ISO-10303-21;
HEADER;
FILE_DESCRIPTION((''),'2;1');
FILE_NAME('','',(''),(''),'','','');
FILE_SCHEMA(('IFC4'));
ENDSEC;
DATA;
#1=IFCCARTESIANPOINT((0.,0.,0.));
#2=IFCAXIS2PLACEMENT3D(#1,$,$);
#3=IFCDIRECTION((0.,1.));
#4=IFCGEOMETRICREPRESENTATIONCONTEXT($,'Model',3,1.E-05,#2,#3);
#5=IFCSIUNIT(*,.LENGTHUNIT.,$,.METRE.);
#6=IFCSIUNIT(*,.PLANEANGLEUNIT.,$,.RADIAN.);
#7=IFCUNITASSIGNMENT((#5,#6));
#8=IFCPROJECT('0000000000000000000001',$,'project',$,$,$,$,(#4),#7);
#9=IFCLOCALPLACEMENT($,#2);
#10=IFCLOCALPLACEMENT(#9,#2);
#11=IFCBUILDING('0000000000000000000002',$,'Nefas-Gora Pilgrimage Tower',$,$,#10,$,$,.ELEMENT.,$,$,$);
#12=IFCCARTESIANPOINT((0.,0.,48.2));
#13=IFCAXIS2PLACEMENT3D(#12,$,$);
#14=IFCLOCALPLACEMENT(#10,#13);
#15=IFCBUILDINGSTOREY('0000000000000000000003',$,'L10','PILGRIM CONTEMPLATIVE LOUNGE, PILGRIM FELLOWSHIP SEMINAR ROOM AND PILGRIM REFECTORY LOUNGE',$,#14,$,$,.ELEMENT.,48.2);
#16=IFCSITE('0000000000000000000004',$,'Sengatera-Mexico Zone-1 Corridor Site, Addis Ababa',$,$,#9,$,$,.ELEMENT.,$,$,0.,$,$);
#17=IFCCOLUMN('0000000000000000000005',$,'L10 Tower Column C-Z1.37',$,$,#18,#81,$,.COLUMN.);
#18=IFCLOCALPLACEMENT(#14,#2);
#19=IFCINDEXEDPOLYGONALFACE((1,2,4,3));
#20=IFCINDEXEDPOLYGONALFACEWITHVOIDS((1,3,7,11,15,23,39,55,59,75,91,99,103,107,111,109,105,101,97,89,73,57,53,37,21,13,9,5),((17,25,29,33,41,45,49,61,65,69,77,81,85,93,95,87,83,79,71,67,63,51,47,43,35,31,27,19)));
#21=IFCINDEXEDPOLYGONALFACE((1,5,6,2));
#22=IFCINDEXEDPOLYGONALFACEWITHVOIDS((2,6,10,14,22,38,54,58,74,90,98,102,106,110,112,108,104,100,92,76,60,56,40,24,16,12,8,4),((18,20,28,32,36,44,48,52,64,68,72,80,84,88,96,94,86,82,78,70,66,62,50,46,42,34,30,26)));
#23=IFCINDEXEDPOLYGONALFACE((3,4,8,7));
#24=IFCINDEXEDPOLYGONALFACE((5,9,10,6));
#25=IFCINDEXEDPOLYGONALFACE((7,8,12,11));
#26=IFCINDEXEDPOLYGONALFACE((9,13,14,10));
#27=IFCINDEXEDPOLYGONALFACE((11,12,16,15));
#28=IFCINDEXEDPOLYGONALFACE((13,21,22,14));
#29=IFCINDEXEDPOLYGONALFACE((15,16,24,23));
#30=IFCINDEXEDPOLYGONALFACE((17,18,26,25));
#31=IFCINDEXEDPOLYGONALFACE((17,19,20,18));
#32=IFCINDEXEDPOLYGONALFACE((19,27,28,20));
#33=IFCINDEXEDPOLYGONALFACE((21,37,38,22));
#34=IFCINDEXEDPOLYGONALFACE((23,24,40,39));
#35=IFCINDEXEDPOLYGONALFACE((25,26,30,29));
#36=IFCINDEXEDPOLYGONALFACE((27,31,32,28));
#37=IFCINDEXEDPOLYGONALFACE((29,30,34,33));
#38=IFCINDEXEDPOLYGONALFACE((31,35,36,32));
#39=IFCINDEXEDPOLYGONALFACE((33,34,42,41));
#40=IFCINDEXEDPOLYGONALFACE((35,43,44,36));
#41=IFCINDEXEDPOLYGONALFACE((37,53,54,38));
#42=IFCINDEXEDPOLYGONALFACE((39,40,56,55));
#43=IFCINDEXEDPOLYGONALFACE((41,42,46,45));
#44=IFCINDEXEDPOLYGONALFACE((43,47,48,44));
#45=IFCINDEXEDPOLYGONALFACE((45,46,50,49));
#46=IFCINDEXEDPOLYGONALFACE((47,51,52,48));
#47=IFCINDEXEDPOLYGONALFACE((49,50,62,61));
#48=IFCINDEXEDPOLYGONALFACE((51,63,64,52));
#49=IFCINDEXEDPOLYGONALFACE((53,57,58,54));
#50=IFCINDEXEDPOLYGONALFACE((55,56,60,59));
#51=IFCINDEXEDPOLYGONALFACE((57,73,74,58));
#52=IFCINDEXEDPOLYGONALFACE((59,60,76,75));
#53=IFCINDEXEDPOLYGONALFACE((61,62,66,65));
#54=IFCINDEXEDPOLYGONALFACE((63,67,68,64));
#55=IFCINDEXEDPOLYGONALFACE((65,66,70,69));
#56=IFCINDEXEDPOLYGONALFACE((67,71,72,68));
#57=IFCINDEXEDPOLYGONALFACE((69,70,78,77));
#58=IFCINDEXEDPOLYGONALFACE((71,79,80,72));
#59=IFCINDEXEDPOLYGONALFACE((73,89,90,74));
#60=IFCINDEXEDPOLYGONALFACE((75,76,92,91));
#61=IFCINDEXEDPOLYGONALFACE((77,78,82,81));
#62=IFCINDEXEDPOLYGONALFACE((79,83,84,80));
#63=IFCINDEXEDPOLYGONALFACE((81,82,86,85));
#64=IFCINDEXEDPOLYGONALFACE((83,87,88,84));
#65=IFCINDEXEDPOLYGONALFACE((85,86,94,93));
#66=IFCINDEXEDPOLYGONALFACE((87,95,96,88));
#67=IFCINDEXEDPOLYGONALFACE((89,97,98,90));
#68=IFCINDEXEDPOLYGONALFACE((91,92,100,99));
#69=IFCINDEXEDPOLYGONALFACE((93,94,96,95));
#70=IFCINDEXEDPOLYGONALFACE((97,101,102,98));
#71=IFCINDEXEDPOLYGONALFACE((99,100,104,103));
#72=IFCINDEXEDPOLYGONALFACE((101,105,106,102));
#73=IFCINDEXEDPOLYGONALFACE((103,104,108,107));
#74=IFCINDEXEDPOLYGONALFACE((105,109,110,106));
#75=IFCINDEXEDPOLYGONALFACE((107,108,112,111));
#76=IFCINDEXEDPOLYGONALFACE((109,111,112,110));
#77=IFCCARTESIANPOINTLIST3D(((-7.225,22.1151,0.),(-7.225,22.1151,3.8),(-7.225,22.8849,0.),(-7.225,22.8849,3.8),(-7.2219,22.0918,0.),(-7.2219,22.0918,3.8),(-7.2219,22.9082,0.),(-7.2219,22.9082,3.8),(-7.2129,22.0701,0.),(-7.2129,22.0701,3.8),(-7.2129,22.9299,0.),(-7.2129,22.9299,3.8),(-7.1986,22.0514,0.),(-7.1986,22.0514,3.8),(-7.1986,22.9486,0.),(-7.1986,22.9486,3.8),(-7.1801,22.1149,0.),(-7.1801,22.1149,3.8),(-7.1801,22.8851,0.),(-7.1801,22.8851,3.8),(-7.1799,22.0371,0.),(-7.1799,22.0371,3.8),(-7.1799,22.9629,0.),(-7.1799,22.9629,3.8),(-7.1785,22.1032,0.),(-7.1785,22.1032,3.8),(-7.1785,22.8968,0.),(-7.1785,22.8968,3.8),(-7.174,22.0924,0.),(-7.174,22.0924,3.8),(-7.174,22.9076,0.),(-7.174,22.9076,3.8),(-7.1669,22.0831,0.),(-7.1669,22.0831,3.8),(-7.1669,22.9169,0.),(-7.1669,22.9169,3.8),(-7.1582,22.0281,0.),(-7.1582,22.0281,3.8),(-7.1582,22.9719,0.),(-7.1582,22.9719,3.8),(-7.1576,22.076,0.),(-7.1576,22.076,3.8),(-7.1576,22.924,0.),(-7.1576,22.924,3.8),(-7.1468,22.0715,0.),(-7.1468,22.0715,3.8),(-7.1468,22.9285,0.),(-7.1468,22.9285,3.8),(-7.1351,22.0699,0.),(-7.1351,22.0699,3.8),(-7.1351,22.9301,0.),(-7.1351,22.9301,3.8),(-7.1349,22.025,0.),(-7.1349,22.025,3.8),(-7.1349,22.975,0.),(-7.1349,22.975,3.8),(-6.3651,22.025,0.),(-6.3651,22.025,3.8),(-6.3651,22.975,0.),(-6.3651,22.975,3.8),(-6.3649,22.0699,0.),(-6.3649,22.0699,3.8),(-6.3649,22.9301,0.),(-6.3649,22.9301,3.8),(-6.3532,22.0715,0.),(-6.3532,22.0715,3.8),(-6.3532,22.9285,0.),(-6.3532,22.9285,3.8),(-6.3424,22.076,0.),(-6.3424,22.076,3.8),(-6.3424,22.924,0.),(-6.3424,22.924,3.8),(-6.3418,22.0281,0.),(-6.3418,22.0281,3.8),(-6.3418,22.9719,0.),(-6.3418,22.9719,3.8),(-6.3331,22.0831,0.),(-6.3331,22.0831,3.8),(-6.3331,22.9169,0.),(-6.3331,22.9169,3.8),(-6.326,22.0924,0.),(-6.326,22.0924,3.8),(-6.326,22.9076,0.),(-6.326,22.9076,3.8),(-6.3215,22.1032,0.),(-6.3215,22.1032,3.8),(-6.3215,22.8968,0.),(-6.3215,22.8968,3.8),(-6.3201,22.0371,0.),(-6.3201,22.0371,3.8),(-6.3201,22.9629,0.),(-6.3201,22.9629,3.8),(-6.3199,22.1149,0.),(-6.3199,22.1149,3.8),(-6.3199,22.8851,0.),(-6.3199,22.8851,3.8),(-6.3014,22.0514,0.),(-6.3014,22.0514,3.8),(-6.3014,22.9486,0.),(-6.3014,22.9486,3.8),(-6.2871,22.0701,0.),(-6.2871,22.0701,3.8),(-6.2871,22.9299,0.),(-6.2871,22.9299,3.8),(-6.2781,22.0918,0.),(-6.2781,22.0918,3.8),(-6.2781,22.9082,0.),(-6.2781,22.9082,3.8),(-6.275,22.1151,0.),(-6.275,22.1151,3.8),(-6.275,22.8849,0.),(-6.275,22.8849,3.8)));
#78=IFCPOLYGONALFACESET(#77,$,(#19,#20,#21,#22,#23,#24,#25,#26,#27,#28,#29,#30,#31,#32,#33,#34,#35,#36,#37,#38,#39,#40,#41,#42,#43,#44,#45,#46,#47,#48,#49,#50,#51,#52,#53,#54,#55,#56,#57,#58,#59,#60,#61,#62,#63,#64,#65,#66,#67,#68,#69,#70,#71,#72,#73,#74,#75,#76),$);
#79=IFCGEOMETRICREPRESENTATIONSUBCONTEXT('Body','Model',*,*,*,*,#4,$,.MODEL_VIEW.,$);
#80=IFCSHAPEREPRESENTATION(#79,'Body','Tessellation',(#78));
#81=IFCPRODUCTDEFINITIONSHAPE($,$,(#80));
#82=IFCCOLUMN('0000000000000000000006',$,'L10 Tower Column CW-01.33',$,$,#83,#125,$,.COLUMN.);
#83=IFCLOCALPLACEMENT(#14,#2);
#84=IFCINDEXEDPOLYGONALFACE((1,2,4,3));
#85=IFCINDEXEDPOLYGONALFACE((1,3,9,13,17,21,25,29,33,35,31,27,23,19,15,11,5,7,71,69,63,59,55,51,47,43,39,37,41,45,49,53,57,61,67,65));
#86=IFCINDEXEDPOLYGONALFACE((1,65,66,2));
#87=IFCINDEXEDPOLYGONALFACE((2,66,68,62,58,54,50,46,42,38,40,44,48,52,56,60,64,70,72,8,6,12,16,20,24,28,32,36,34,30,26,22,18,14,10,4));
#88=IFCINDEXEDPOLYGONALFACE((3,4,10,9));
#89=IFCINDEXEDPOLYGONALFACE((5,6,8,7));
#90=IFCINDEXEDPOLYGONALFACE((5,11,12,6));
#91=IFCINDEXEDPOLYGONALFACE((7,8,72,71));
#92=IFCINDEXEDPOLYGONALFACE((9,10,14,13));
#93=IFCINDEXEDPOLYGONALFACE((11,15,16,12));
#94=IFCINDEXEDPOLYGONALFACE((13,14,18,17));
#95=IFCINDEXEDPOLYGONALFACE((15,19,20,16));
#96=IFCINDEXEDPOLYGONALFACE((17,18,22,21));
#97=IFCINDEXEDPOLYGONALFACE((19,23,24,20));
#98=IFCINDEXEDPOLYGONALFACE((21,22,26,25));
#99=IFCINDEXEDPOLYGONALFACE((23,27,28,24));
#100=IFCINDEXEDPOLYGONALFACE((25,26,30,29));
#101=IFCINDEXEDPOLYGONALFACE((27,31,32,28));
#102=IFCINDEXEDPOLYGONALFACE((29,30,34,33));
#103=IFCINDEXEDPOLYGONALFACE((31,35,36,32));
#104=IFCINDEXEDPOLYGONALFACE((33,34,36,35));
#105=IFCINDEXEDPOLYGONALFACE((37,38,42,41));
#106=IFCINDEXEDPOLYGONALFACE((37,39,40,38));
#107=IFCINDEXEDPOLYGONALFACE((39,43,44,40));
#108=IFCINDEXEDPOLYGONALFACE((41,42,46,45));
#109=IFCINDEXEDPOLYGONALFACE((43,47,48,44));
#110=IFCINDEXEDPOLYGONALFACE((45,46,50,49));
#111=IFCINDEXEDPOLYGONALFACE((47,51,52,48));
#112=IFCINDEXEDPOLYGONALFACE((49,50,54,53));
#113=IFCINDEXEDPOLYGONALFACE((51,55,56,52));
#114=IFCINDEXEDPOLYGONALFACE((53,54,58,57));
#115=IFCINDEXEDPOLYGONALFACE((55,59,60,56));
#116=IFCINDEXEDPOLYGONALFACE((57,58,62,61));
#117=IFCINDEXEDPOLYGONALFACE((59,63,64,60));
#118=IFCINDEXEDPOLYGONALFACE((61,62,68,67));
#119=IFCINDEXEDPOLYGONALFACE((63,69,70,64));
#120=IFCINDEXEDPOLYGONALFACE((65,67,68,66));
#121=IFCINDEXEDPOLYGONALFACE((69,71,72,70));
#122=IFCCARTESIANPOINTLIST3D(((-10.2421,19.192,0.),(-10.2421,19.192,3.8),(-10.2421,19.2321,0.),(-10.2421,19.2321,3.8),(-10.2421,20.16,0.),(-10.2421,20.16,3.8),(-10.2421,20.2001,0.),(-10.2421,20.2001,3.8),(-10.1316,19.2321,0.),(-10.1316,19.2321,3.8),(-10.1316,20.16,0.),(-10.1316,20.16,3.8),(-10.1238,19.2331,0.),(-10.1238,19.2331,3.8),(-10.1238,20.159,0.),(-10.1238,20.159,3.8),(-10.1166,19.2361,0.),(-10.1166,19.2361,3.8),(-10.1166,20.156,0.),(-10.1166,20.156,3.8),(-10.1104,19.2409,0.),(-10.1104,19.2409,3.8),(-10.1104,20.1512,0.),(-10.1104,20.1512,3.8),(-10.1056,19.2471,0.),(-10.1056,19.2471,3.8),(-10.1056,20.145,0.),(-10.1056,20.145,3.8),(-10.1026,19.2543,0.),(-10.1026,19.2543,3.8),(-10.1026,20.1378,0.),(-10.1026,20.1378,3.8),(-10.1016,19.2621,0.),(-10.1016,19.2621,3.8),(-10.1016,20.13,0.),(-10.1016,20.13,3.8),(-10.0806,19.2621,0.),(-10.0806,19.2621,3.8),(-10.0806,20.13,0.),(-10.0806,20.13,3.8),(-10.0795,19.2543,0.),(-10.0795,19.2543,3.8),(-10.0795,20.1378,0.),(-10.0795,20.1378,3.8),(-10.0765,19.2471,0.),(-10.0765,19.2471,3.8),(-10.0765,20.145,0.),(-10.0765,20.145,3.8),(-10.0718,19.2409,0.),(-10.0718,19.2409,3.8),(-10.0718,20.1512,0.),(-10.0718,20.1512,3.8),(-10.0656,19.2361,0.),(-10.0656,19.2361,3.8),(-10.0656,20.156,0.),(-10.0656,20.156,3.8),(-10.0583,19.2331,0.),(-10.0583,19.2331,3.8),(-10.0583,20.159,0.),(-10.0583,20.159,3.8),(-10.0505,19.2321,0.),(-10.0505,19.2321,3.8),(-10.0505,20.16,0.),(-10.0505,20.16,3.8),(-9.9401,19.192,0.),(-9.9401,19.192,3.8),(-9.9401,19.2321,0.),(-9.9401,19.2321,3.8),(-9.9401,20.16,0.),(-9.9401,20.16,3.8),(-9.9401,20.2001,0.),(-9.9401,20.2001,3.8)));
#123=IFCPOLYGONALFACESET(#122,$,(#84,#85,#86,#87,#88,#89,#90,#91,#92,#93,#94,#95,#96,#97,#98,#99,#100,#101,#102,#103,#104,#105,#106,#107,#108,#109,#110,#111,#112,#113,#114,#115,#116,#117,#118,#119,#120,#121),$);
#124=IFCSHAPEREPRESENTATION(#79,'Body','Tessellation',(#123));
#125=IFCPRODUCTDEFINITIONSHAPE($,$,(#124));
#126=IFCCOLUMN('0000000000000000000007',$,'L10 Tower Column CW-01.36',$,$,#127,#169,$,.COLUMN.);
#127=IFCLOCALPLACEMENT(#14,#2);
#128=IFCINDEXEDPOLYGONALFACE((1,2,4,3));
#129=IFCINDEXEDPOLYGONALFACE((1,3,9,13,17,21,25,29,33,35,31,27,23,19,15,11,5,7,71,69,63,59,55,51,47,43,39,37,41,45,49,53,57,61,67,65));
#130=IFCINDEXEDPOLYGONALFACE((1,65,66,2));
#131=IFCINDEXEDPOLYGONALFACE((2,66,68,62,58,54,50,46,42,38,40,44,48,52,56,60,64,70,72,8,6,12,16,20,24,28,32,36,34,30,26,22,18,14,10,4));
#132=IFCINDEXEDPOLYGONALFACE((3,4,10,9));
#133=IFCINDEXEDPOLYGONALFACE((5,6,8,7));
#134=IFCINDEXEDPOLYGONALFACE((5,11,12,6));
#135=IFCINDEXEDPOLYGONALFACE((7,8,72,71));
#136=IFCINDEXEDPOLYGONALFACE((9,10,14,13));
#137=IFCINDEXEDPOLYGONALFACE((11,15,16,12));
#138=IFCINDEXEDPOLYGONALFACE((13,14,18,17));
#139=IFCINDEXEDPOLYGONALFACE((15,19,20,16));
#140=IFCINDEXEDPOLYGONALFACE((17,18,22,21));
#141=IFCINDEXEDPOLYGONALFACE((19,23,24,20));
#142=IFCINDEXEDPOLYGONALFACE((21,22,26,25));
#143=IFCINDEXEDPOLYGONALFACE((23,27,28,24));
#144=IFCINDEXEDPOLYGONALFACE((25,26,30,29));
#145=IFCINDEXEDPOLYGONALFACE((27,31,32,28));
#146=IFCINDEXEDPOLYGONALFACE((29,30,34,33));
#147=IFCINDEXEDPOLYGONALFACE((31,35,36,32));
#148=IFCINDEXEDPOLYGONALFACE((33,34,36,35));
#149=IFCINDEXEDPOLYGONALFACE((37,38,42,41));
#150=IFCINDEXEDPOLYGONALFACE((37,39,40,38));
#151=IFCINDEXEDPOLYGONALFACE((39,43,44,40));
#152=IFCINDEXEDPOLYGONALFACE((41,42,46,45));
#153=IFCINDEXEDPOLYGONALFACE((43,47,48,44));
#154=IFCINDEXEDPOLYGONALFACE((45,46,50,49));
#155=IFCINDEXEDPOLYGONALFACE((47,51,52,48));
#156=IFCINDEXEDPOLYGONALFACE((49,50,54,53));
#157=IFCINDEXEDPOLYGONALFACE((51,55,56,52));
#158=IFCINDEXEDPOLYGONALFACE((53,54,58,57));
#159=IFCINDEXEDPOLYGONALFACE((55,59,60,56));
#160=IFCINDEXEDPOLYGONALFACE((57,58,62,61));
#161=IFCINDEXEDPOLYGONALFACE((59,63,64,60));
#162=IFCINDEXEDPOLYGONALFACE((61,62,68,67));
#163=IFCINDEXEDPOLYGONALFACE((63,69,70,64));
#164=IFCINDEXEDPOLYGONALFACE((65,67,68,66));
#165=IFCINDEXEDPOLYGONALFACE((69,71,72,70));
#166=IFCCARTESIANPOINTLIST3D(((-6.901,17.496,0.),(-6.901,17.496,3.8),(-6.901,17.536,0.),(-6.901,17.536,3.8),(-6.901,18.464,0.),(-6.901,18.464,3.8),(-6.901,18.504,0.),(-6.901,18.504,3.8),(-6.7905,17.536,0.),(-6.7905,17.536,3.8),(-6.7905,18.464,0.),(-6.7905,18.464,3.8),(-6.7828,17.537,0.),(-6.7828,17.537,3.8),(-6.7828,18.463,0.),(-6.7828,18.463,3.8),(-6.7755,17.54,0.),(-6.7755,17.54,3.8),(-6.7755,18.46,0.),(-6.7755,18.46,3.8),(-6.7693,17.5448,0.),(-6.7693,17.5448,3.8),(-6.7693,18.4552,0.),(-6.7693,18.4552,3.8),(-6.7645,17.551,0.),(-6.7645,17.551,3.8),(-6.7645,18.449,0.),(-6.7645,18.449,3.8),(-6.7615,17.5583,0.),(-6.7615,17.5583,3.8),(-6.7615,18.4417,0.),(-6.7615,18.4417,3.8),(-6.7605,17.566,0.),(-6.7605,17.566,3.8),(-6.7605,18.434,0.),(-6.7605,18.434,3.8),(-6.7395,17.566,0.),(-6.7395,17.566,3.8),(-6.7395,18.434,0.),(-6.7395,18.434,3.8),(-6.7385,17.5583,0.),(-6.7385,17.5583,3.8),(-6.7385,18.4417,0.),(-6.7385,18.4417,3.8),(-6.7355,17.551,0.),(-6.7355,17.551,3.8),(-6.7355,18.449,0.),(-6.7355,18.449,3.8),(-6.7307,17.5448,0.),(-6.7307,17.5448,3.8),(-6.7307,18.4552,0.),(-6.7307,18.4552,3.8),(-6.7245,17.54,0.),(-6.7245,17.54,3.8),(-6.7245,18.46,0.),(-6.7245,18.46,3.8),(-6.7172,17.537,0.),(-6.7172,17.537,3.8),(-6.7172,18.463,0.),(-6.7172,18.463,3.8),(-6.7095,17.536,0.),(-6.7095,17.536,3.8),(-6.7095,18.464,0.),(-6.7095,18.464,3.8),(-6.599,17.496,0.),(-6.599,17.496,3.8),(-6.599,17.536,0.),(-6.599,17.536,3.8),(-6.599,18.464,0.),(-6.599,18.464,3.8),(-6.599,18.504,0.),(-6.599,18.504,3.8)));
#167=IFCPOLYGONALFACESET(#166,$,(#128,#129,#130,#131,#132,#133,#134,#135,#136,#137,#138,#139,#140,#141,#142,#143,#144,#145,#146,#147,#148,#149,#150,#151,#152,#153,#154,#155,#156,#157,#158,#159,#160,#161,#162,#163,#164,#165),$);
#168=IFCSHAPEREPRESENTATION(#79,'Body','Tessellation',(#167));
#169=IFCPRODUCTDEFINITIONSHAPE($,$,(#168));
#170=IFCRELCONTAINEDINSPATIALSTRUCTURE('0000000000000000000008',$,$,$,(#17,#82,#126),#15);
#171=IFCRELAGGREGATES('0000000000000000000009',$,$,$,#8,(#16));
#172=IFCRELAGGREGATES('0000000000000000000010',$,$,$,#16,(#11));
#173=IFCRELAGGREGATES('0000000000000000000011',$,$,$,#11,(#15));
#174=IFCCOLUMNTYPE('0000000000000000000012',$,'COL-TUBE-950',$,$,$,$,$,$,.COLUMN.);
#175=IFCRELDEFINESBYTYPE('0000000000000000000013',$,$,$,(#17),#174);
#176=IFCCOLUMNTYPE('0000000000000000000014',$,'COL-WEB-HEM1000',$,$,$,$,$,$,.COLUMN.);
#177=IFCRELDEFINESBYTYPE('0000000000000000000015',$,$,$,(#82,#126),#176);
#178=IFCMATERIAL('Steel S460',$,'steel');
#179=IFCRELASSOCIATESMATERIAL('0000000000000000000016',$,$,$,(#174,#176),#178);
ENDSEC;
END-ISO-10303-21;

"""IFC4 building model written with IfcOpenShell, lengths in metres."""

from ifc_helpers import new_model, si_unit, direction, frame, origin, origin_2d, place, context, subcontext, project, spatial, hollow_rectangle, i_section, extrude, source, transform, mapped, material, material_profile, profile_set, type_object, element, save


model = new_model("IFC4")

# Units and contexts
model_context = context("Model", 3, precision=1e-05, world=origin(), true_north=direction((0.0, 1.0)))
body_context = subcontext(model_context, "Body", "Model", "MODEL_VIEW")
ifc_project = project(units=[si_unit("LENGTHUNIT", "METRE"), si_unit("PLANEANGLEUNIT", "RADIAN")], contexts=[model_context])

# Site, building, storey
site_placement = place(None, origin())
site = spatial("IfcSite", under=ifc_project, at=site_placement, Name="Sengatera-Mexico Zone-1 Corridor Site, Addis Ababa", CompositionType="ELEMENT", RefElevation=0.0)
building_placement = place(site_placement, origin())
building = spatial("IfcBuilding", under=site, at=building_placement, Name="Nefas-Gora Pilgrimage Tower", CompositionType="ELEMENT")
storey_placement = place(building_placement, frame((0.0, 0.0, 48.2)))
storey = spatial("IfcBuildingStorey", under=building, at=storey_placement, Name="L10", Description="PILGRIM CONTEMPLATIVE LOUNGE, PILGRIM FELLOWSHIP SEMINAR ROOM AND PILGRIM REFECTORY LOUNGE", CompositionType="ELEMENT", Elevation=48.2)

# Columns
ifc_material_1 = material(Name="Steel S460", Category="steel")
ifc_material_profile_1 = material_profile(ifc_material_1, hollow_rectangle(XDim=0.95, YDim=0.95, WallThickness=0.0449, InnerFilletRadius=0.0449, OuterFilletRadius=0.0901, at=origin_2d()), Name="BOX 950x950x45")
ifc_profile_set_1 = profile_set([ifc_material_profile_1], Name="Steel S460")
column_type_1 = type_object("IfcColumnType", Name="COL-TUBE-950", PredefinedType="COLUMN", material=ifc_profile_set_1)
shared_shape_1 = source(origin(), body_context, "Body", "SweptSolid", [
    extrude(hollow_rectangle(XDim=0.95, YDim=0.95, WallThickness=0.0449, InnerFilletRadius=0.0449, OuterFilletRadius=0.0901, at=origin_2d()), origin(), (0.0, 0.0, 1.0), 3.8),
])
column_placement = place(storey_placement, frame((-6.75, 22.5, 0.0), z_axis=(0.0, 0.0, 1.0), x_axis=(1.0, 0.0, 0.0)))
element("IfcColumn", 1, at=column_placement, inside=storey, type_object=column_type_1, Name="L10 Tower Column C-Z1.37", PredefinedType="COLUMN", context=body_context, shape_type="MappedRepresentation", body=[
    mapped(shared_shape_1, transform((0.0, 0.0, 0.0), x_axis=(1.0, 0.0, 0.0), y_axis=(0.0, 1.0, 0.0), z_axis=(0.0, 0.0, 1.0), scale=1.0)),
])
ifc_material_profile_2 = material_profile(ifc_material_1, i_section(OverallWidth=0.302, OverallDepth=1.0081, WebThickness=0.021, FlangeThickness=0.04, FilletRadius=0.03, at=origin_2d()), Name="HEM 1000")
ifc_profile_set_2 = profile_set([ifc_material_profile_2], Name="Steel S460")
column_type_2 = type_object("IfcColumnType", Name="COL-WEB-HEM1000", PredefinedType="COLUMN", material=ifc_profile_set_2)
shared_shape_2 = source(origin(), body_context, "Body", "SweptSolid", [
    extrude(i_section(OverallWidth=0.302, OverallDepth=1.0081, WebThickness=0.021, FlangeThickness=0.04, FilletRadius=0.03, at=origin_2d()), origin(), (0.0, 0.0, 1.0), 3.8),
])
for number, where, z_axis, x_axis, name in (
    (2, (-10.0911, 19.696, 0.0), (0.0, 0.0, 1.0), (1.0, 0.0, 0.0), "L10 Tower Column CW-01.33"),
    (3, (-6.75, 18.0, 0.0), (0.0, 0.0, 1.0), (1.0, 0.0, 0.0), "L10 Tower Column CW-01.36"),
):
    element("IfcColumn", number, at=place(storey_placement, frame(where, z_axis=z_axis, x_axis=x_axis)), inside=storey, type_object=column_type_2, Name=name, PredefinedType="COLUMN", context=body_context, shape_type="MappedRepresentation", body=[
        mapped(shared_shape_2, transform((0.0, 0.0, 0.0), x_axis=(1.0, 0.0, 0.0), y_axis=(0.0, 1.0, 0.0), z_axis=(0.0, 0.0, 1.0), scale=1.0)),
    ])

save(model, "model.ifc")
